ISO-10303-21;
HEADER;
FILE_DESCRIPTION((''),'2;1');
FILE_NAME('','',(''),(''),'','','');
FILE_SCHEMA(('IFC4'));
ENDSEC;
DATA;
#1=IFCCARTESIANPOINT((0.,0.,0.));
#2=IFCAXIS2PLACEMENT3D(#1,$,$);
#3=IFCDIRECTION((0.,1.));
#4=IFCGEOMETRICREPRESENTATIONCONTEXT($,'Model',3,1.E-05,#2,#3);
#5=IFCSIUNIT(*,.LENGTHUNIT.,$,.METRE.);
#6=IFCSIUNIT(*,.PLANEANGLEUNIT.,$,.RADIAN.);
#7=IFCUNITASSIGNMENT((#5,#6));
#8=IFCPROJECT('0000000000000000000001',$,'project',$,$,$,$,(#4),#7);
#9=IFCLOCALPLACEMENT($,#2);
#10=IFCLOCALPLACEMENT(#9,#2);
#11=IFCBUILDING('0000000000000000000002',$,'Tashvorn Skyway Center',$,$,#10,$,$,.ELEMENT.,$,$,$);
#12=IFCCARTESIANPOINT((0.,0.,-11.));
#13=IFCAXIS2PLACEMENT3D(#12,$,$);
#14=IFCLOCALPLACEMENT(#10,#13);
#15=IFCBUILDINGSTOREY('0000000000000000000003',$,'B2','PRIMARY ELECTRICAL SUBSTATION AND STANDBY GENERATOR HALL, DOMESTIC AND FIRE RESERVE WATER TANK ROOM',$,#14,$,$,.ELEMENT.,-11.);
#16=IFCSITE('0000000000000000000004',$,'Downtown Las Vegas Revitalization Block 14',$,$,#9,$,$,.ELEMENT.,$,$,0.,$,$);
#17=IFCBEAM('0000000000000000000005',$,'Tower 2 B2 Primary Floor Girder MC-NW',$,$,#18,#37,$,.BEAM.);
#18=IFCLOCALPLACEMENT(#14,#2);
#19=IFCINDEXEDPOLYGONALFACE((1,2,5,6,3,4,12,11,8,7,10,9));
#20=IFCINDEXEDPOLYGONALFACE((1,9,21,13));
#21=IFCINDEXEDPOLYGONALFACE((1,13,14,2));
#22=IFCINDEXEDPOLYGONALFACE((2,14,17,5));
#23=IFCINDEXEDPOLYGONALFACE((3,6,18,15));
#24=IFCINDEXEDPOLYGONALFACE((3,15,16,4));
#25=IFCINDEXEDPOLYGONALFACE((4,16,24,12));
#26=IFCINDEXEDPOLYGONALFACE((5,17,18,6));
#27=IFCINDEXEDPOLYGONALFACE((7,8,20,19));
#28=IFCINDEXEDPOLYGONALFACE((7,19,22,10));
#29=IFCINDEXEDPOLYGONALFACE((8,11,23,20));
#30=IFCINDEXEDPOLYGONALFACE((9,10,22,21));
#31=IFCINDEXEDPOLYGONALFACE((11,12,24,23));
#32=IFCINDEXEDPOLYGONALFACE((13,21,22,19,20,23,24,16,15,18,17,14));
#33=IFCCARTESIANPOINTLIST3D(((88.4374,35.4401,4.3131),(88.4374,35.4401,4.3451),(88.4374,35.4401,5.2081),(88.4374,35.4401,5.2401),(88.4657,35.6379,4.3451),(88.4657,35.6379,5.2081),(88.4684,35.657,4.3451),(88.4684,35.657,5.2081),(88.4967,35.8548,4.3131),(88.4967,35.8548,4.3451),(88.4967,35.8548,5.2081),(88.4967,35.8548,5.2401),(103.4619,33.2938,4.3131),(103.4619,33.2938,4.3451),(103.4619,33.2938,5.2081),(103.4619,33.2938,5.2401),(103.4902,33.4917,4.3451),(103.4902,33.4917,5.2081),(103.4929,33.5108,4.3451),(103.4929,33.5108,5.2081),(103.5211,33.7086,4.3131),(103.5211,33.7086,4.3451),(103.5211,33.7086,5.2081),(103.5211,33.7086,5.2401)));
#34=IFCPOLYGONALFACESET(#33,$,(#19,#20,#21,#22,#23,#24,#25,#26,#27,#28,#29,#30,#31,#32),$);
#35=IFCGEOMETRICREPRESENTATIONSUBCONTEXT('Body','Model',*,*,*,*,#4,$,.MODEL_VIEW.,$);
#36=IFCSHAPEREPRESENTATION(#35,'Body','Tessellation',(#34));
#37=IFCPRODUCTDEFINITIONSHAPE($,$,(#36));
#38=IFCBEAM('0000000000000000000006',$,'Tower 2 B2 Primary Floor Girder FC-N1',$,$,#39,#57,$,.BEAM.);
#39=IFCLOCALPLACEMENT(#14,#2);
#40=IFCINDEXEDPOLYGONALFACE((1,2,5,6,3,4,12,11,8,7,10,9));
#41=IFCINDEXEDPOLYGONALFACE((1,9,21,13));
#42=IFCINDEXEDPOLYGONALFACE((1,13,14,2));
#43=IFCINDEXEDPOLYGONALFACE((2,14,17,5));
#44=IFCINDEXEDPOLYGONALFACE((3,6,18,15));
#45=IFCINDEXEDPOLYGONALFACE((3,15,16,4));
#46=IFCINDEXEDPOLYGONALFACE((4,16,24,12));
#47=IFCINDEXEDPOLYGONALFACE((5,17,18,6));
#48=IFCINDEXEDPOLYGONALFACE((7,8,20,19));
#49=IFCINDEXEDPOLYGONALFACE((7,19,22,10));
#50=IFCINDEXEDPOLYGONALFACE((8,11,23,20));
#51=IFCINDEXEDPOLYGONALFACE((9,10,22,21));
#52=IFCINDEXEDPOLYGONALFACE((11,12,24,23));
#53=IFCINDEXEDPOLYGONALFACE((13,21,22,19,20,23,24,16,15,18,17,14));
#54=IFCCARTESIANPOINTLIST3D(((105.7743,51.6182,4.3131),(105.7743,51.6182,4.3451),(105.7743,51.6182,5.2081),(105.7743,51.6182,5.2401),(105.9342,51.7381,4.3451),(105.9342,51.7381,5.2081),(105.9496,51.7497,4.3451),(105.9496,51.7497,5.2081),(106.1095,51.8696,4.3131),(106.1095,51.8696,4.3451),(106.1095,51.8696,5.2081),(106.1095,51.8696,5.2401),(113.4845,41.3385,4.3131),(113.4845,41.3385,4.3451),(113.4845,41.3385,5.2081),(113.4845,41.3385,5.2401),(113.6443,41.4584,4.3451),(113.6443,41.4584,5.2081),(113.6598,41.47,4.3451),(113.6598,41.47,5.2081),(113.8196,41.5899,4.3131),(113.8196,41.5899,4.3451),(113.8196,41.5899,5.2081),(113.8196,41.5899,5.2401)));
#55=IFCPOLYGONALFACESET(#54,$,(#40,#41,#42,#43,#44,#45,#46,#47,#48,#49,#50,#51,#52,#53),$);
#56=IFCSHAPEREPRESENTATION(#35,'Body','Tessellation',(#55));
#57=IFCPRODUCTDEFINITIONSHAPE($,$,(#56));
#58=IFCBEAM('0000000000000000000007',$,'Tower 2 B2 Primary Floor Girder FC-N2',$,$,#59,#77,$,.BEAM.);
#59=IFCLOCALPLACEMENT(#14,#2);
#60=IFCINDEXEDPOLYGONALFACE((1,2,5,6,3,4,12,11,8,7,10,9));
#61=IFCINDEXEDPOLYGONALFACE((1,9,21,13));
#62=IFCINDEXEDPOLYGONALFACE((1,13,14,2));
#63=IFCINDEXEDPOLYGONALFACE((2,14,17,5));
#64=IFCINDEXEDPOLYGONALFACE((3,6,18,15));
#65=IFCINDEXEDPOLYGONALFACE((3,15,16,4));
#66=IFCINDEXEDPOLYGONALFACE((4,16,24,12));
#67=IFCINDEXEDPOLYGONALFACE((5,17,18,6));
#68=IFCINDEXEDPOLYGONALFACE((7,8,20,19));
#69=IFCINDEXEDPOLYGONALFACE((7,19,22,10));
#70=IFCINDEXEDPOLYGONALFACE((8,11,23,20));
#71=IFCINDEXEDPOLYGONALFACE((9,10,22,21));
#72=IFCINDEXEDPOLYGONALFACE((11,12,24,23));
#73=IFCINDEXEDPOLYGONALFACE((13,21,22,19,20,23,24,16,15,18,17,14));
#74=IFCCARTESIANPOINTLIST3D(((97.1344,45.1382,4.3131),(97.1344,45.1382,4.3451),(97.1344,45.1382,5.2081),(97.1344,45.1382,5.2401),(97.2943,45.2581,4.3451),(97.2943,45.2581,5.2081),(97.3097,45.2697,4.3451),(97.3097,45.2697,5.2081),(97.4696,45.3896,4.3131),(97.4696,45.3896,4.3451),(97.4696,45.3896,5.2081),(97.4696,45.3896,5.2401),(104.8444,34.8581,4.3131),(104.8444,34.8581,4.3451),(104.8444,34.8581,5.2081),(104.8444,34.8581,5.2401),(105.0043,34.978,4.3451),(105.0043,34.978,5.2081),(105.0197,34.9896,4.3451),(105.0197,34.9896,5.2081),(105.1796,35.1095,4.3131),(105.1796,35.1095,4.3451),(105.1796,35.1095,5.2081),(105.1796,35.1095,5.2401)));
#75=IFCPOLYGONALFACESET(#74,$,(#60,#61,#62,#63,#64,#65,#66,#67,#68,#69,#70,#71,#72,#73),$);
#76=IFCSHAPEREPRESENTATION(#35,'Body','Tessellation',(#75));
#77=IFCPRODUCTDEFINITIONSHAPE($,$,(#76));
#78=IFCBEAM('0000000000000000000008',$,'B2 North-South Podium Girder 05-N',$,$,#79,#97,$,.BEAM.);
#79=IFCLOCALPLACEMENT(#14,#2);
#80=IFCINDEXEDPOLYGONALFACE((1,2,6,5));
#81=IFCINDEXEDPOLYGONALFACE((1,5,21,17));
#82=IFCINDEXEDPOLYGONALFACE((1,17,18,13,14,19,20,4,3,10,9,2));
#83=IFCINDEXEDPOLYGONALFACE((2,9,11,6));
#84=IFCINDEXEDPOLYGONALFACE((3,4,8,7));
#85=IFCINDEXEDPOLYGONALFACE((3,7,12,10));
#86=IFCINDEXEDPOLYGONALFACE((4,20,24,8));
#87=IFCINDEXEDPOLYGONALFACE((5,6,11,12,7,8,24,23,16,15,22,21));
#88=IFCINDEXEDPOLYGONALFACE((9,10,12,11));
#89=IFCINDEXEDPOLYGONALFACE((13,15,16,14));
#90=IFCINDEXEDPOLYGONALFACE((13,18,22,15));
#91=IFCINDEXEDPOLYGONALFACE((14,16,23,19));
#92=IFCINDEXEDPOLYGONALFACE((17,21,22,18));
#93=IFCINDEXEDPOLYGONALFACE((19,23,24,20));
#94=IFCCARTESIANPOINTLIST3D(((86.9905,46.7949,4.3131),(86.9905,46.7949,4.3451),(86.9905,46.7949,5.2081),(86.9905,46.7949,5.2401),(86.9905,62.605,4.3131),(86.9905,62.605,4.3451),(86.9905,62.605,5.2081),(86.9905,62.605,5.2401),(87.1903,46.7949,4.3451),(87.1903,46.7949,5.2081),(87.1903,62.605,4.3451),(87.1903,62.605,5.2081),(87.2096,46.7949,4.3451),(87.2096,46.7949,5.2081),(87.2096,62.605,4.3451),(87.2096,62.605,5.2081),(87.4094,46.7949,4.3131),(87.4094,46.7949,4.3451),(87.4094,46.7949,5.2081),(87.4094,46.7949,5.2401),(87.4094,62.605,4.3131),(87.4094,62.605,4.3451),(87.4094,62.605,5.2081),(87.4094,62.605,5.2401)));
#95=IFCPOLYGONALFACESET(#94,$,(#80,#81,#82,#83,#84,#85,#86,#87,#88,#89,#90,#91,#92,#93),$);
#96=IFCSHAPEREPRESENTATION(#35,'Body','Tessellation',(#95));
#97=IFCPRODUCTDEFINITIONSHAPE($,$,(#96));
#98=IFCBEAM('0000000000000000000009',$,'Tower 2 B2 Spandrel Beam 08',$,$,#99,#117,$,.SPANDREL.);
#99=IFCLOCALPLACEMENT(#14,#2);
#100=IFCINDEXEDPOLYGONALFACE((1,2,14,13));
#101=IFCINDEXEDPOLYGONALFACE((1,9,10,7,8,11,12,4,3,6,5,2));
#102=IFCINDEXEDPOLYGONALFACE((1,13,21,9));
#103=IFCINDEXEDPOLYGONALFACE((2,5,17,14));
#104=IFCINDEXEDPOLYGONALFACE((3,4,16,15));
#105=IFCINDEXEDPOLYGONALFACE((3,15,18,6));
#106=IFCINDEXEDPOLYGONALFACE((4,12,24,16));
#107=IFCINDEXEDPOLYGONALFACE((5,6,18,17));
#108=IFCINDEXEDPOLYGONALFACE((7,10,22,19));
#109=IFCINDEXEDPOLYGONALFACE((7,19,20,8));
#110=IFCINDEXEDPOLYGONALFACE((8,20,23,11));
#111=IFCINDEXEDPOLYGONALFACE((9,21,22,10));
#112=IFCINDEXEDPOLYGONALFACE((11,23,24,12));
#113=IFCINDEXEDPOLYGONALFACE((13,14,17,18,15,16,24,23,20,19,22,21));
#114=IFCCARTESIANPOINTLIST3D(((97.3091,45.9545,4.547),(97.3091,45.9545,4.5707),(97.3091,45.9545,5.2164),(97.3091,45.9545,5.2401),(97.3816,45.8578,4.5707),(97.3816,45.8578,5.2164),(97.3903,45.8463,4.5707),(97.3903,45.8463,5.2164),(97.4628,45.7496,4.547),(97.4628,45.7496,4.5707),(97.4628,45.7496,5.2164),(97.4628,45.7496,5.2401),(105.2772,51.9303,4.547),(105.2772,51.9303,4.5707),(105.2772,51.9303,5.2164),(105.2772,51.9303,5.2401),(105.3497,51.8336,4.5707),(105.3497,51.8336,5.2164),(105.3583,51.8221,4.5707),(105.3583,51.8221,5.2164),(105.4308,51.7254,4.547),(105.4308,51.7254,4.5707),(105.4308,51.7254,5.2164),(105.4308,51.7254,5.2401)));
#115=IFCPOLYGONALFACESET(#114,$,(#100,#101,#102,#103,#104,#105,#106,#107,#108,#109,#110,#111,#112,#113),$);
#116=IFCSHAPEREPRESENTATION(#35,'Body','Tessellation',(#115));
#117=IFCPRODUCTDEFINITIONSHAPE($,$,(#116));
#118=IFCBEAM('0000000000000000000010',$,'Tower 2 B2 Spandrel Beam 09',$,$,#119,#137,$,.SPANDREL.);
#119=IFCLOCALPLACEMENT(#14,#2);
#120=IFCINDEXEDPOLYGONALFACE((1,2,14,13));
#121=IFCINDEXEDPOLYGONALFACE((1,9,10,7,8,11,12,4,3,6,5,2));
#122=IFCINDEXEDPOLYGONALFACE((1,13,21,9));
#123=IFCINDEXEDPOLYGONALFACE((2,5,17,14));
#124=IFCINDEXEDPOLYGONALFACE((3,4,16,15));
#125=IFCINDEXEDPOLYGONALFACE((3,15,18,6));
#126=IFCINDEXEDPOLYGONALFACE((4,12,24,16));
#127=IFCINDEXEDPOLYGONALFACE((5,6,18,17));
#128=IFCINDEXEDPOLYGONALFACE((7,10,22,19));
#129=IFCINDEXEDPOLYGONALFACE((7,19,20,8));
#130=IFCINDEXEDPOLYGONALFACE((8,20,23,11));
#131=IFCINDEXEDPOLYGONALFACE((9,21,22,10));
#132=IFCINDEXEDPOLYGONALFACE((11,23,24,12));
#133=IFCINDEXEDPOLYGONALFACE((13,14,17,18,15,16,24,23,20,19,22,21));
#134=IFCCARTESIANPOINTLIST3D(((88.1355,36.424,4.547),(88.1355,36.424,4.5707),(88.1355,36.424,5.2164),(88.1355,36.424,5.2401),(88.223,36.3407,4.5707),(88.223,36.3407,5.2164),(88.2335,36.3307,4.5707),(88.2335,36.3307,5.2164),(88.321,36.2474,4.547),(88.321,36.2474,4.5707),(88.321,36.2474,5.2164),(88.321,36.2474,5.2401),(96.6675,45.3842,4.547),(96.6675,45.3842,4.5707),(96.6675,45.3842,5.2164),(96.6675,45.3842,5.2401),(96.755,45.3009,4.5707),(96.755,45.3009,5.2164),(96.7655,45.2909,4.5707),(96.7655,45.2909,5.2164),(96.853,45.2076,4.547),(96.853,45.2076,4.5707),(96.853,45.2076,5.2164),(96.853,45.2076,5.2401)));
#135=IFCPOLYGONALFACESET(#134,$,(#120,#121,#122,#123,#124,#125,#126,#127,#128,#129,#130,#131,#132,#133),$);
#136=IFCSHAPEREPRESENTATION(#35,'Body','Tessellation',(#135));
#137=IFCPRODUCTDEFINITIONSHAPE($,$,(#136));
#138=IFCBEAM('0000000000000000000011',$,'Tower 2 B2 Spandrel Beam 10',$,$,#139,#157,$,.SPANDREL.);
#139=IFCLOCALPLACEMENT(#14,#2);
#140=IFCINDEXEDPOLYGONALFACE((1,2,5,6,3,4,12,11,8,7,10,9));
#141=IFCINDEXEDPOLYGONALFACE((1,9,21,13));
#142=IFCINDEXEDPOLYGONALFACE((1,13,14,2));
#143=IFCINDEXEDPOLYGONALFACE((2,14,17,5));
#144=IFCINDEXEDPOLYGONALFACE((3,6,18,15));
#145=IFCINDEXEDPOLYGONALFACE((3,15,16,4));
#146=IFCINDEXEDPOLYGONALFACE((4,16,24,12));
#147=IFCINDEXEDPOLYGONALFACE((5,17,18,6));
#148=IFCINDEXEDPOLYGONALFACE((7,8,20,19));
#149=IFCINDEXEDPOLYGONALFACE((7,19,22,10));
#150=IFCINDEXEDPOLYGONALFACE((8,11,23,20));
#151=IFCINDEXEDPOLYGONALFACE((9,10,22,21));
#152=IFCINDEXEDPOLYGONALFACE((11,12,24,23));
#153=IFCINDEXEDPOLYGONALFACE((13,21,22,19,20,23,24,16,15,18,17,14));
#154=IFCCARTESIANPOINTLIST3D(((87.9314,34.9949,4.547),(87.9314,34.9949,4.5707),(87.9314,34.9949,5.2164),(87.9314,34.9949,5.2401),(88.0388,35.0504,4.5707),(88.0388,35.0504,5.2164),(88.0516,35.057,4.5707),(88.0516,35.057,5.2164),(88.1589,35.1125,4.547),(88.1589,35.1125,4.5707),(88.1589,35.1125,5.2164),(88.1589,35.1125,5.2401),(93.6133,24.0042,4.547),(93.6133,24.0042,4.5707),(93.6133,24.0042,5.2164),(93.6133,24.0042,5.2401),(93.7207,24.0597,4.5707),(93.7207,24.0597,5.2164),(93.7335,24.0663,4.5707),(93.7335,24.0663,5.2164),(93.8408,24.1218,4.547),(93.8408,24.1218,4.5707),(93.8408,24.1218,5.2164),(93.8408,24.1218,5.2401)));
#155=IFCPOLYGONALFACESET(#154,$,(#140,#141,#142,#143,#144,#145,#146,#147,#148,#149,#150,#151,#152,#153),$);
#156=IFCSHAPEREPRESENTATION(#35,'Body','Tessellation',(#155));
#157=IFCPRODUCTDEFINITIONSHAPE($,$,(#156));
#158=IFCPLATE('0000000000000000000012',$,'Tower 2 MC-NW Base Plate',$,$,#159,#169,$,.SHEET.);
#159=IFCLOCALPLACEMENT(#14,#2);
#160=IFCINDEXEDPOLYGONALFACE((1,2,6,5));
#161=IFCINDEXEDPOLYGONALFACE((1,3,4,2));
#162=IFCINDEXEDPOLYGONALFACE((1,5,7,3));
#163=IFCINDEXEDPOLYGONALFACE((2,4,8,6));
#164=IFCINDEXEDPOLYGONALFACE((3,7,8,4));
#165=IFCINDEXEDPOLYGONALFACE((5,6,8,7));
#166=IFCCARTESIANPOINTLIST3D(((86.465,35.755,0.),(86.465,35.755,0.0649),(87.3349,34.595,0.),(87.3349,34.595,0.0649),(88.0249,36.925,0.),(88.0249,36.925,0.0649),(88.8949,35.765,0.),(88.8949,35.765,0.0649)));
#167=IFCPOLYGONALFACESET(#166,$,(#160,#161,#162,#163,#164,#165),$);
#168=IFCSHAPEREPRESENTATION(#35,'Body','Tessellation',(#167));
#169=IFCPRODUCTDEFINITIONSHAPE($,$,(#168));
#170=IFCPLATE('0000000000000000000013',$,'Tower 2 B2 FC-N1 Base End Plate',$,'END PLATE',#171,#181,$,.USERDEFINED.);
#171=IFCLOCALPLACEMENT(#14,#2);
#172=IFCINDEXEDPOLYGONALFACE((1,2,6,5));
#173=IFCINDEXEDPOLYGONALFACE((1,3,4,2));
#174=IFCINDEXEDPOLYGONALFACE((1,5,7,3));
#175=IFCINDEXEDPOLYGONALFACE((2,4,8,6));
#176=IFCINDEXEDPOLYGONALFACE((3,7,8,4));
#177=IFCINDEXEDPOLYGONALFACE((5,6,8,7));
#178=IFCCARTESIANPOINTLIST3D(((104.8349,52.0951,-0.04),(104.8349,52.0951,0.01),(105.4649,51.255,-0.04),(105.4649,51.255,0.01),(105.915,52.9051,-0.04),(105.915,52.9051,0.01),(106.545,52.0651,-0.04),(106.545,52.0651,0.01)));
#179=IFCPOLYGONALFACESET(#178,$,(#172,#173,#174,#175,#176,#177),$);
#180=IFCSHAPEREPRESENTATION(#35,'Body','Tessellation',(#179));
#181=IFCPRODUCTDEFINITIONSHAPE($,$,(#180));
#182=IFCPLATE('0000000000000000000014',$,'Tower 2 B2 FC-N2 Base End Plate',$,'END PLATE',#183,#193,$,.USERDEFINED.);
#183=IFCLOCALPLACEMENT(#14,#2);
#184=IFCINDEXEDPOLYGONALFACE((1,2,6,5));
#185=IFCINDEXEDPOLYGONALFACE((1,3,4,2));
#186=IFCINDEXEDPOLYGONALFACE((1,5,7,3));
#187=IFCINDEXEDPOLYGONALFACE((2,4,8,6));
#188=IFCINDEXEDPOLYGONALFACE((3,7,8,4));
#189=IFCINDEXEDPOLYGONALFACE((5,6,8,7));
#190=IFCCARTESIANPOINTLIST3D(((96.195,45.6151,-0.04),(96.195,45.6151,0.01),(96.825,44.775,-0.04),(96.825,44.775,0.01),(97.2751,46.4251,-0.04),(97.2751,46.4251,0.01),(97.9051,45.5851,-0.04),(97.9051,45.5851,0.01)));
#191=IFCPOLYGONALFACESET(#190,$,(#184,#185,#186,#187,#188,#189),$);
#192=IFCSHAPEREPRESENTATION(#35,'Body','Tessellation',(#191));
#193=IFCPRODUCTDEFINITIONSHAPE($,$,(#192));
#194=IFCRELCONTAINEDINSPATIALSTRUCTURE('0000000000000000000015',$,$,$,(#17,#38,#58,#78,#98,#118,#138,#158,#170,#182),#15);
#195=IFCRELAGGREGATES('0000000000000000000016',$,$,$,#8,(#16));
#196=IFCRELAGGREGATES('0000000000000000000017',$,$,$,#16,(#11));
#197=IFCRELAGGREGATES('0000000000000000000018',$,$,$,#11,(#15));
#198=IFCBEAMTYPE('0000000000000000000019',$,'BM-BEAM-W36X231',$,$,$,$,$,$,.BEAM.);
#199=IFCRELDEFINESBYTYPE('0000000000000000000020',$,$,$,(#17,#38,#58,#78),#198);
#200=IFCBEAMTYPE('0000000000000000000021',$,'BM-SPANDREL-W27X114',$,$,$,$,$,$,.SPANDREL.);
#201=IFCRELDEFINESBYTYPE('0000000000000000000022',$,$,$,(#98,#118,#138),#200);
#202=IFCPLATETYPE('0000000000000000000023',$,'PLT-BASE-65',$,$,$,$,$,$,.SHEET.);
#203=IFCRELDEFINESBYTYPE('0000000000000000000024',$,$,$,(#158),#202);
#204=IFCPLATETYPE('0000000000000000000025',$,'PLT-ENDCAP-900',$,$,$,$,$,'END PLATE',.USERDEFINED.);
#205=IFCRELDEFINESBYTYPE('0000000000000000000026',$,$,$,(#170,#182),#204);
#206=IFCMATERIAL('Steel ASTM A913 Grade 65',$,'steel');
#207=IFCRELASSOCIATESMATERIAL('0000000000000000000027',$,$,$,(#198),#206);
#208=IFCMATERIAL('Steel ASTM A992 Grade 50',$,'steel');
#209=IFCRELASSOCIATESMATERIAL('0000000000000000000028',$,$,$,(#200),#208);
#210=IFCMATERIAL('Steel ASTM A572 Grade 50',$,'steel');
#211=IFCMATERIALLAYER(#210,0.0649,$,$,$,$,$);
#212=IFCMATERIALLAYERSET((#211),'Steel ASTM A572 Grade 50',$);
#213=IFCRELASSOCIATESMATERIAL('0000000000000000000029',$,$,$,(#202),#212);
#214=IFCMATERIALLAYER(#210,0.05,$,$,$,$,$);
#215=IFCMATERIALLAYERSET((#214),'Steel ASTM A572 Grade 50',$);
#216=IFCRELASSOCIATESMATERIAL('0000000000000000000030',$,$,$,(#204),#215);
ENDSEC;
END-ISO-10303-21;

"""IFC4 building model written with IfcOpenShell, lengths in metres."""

from ifc_helpers import new_model, si_unit, direction, frame, origin, origin_2d, place, context, subcontext, project, spatial, rectangle, i_section, extrude, material, layer, layer_set, material_profile, profile_set, type_object, element, save


model = new_model("IFC4")

# Units and contexts
model_context = context("Model", 3, precision=1e-05, world=origin(), true_north=direction((0.0, 1.0)))
body_context = subcontext(model_context, "Body", "Model", "MODEL_VIEW")
ifc_project = project(units=[si_unit("LENGTHUNIT", "METRE"), si_unit("PLANEANGLEUNIT", "RADIAN")], contexts=[model_context])

# Site, building, storey
site_placement = place(None, origin())
site = spatial("IfcSite", under=ifc_project, at=site_placement, Name="Downtown Las Vegas Revitalization Block 14", CompositionType="ELEMENT", RefElevation=0.0)
building_placement = place(site_placement, origin())
building = spatial("IfcBuilding", under=site, at=building_placement, Name="Tashvorn Skyway Center", CompositionType="ELEMENT")
storey_placement = place(building_placement, frame((0.0, 0.0, -11.0)))
storey = spatial("IfcBuildingStorey", under=building, at=storey_placement, Name="B2", Description="PRIMARY ELECTRICAL SUBSTATION AND STANDBY GENERATOR HALL, DOMESTIC AND FIRE RESERVE WATER TANK ROOM", CompositionType="ELEMENT", Elevation=-11.0)

# Shared definitions
ifc_material_1 = material(Name="Steel ASTM A572 Grade 50", Category="steel")

# Beams
ifc_material_2 = material(Name="Steel ASTM A913 Grade 65", Category="steel")
ifc_material_profile_1 = material_profile(ifc_material_2, i_section(OverallWidth=0.4189, OverallDepth=0.927, WebThickness=0.0193, FlangeThickness=0.032, at=origin_2d()), Name="W36X231")
ifc_profile_set_1 = profile_set([ifc_material_profile_1], Name="Steel ASTM A913 Grade 65")
beam_type_1 = type_object("IfcBeamType", Name="BM-BEAM-W36X231", PredefinedType="BEAM", material=ifc_profile_set_1)
beam_1_placement = place(storey_placement, frame((88.467, 35.6475, 4.7766), z_axis=(0.98995, -0.141415, 0.0), x_axis=(0.141415, 0.98995, 0.0)))
element("IfcBeam", 1, at=beam_1_placement, inside=storey, type_object=beam_type_1, Name="Tower 2 B2 Primary Floor Girder MC-NW", PredefinedType="BEAM", context=body_context, shape_type="SweptSolid", body=[
    extrude(i_section(OverallWidth=0.4189, OverallDepth=0.927, WebThickness=0.0193, FlangeThickness=0.032, at=origin_2d()), origin(), (0.0, 0.0, 1.0), 15.177),
])
beam_2_placement = place(storey_placement, frame((105.9419, 51.7439, 4.7766), z_axis=(0.600018, -0.799986, 0.0), x_axis=(0.799986, 0.600018, 0.0)))
element("IfcBeam", 2, at=beam_2_placement, inside=storey, type_object=beam_type_1, Name="Tower 2 B2 Primary Floor Girder FC-N1", PredefinedType="BEAM", context=body_context, shape_type="SweptSolid", body=[
    extrude(i_section(OverallWidth=0.4189, OverallDepth=0.927, WebThickness=0.0193, FlangeThickness=0.032, at=origin_2d()), origin(), (0.0, 0.0, 1.0), 12.8499),
])
beam_3_placement = place(storey_placement, frame((97.302, 45.2639, 4.7766), z_axis=(0.599997, -0.800002, 0.0), x_axis=(0.800002, 0.599997, 0.0)))
element("IfcBeam", 3, at=beam_3_placement, inside=storey, type_object=beam_type_1, Name="Tower 2 B2 Primary Floor Girder FC-N2", PredefinedType="BEAM", context=body_context, shape_type="SweptSolid", body=[
    extrude(i_section(OverallWidth=0.4189, OverallDepth=0.927, WebThickness=0.0193, FlangeThickness=0.032, at=origin_2d()), origin(), (0.0, 0.0, 1.0), 12.8501),
])
beam_4_placement = place(storey_placement, frame((87.2, 46.7949, 4.7766), z_axis=(0.0, 1.0, 0.0), x_axis=(-1.0, 0.0, 0.0)))
element("IfcBeam", 4, at=beam_4_placement, inside=storey, type_object=beam_type_1, Name="B2 North-South Podium Girder 05-N", PredefinedType="BEAM", context=body_context, shape_type="SweptSolid", body=[
    extrude(i_section(OverallWidth=0.4189, OverallDepth=0.927, WebThickness=0.0193, FlangeThickness=0.032, at=origin_2d()), origin(), (0.0, 0.0, 1.0), 15.8101),
])
ifc_material_3 = material(Name="Steel ASTM A992 Grade 50", Category="steel")
ifc_material_profile_2 = material_profile(ifc_material_3, i_section(OverallWidth=0.2561, OverallDepth=0.6931, WebThickness=0.0144, FlangeThickness=0.0237, at=origin_2d()), Name="W27X114")
ifc_profile_set_2 = profile_set([ifc_material_profile_2], Name="Steel ASTM A992 Grade 50")
beam_type_2 = type_object("IfcBeamType", Name="BM-SPANDREL-W27X114", PredefinedType="SPANDREL", material=ifc_profile_set_2)
beam_5_placement = place(storey_placement, frame((105.354, 51.8279, 4.8936), z_axis=(-0.800009, -0.599988, 0.0), x_axis=(0.599988, -0.800009, 0.0)))
element("IfcBeam", 5, at=beam_5_placement, inside=storey, type_object=beam_type_2, Name="Tower 2 B2 Spandrel Beam 08", PredefinedType="SPANDREL", context=body_context, shape_type="SweptSolid", body=[
    extrude(i_section(OverallWidth=0.2561, OverallDepth=0.6931, WebThickness=0.0144, FlangeThickness=0.0237, at=origin_2d()), origin(), (0.0, 0.0, 1.0), 9.96),
])
for number, where, z_axis, x_axis, name in (
    (6, (96.7603, 45.2959, 4.8936), (-0.68959, -0.7242, 0.0), (0.7242, -0.68959, 0.0), "Tower 2 B2 Spandrel Beam 09"),
    (7, (88.0452, 35.0537, 4.8936), (0.459233, -0.888316, 0.0), (0.888316, 0.459233, 0.0), "Tower 2 B2 Spandrel Beam 10"),
):
    element("IfcBeam", number, at=place(storey_placement, frame(where, z_axis=z_axis, x_axis=x_axis)), inside=storey, type_object=beam_type_2, Name=name, PredefinedType="SPANDREL", context=body_context, shape_type="SweptSolid", body=[
        extrude(i_section(OverallWidth=0.2561, OverallDepth=0.6931, WebThickness=0.0144, FlangeThickness=0.0237, at=origin_2d()), origin(), (0.0, 0.0, 1.0), 12.3726),
    ])

# Plates
ifc_layer_1 = layer(ifc_material_1, 0.0649)
ifc_layer_set_1 = layer_set([ifc_layer_1], Name="Steel ASTM A572 Grade 50")
plate_type_1 = type_object("IfcPlateType", Name="PLT-BASE-65", PredefinedType="SHEET", material=ifc_layer_set_1)
plate_placement = place(storey_placement, frame((87.6799, 35.76, 0.0), z_axis=(0.0, 0.0, 1.0), x_axis=(0.8, 0.6, 0.0)))
element("IfcPlate", 8, at=plate_placement, inside=storey, type_object=plate_type_1, Name="Tower 2 MC-NW Base Plate", PredefinedType="SHEET", context=body_context, shape_type="SweptSolid", body=[
    extrude(rectangle(XDim=1.95, YDim=1.45, at=origin_2d()), origin(), (0.0, 0.0, 1.0), 0.0649),
])
ifc_layer_2 = layer(ifc_material_1, 0.05)
ifc_layer_set_2 = layer_set([ifc_layer_2], Name="Steel ASTM A572 Grade 50")
plate_type_2 = type_object("IfcPlateType", Name="PLT-ENDCAP-900", ElementType="END PLATE", PredefinedType="USERDEFINED", material=ifc_layer_set_2)
for number, where, z_axis, x_axis, name in (
    (9, (105.6899, 52.0801, -0.04), (0.0, 0.0, 1.0), (0.8, 0.6, 0.0), "Tower 2 B2 FC-N1 Base End Plate"),
    (10, (97.05, 45.6001, -0.04), (0.0, 0.0, 1.0), (0.8, 0.6, 0.0), "Tower 2 B2 FC-N2 Base End Plate"),
):
    element("IfcPlate", number, at=place(storey_placement, frame(where, z_axis=z_axis, x_axis=x_axis)), inside=storey, type_object=plate_type_2, Name=name, ObjectType="END PLATE", PredefinedType="USERDEFINED", context=body_context, shape_type="SweptSolid", body=[
        extrude(rectangle(XDim=1.3501, YDim=1.05, at=origin_2d()), origin(), (0.0, 0.0, 1.0), 0.05),
    ])

save(model, "model.ifc")
